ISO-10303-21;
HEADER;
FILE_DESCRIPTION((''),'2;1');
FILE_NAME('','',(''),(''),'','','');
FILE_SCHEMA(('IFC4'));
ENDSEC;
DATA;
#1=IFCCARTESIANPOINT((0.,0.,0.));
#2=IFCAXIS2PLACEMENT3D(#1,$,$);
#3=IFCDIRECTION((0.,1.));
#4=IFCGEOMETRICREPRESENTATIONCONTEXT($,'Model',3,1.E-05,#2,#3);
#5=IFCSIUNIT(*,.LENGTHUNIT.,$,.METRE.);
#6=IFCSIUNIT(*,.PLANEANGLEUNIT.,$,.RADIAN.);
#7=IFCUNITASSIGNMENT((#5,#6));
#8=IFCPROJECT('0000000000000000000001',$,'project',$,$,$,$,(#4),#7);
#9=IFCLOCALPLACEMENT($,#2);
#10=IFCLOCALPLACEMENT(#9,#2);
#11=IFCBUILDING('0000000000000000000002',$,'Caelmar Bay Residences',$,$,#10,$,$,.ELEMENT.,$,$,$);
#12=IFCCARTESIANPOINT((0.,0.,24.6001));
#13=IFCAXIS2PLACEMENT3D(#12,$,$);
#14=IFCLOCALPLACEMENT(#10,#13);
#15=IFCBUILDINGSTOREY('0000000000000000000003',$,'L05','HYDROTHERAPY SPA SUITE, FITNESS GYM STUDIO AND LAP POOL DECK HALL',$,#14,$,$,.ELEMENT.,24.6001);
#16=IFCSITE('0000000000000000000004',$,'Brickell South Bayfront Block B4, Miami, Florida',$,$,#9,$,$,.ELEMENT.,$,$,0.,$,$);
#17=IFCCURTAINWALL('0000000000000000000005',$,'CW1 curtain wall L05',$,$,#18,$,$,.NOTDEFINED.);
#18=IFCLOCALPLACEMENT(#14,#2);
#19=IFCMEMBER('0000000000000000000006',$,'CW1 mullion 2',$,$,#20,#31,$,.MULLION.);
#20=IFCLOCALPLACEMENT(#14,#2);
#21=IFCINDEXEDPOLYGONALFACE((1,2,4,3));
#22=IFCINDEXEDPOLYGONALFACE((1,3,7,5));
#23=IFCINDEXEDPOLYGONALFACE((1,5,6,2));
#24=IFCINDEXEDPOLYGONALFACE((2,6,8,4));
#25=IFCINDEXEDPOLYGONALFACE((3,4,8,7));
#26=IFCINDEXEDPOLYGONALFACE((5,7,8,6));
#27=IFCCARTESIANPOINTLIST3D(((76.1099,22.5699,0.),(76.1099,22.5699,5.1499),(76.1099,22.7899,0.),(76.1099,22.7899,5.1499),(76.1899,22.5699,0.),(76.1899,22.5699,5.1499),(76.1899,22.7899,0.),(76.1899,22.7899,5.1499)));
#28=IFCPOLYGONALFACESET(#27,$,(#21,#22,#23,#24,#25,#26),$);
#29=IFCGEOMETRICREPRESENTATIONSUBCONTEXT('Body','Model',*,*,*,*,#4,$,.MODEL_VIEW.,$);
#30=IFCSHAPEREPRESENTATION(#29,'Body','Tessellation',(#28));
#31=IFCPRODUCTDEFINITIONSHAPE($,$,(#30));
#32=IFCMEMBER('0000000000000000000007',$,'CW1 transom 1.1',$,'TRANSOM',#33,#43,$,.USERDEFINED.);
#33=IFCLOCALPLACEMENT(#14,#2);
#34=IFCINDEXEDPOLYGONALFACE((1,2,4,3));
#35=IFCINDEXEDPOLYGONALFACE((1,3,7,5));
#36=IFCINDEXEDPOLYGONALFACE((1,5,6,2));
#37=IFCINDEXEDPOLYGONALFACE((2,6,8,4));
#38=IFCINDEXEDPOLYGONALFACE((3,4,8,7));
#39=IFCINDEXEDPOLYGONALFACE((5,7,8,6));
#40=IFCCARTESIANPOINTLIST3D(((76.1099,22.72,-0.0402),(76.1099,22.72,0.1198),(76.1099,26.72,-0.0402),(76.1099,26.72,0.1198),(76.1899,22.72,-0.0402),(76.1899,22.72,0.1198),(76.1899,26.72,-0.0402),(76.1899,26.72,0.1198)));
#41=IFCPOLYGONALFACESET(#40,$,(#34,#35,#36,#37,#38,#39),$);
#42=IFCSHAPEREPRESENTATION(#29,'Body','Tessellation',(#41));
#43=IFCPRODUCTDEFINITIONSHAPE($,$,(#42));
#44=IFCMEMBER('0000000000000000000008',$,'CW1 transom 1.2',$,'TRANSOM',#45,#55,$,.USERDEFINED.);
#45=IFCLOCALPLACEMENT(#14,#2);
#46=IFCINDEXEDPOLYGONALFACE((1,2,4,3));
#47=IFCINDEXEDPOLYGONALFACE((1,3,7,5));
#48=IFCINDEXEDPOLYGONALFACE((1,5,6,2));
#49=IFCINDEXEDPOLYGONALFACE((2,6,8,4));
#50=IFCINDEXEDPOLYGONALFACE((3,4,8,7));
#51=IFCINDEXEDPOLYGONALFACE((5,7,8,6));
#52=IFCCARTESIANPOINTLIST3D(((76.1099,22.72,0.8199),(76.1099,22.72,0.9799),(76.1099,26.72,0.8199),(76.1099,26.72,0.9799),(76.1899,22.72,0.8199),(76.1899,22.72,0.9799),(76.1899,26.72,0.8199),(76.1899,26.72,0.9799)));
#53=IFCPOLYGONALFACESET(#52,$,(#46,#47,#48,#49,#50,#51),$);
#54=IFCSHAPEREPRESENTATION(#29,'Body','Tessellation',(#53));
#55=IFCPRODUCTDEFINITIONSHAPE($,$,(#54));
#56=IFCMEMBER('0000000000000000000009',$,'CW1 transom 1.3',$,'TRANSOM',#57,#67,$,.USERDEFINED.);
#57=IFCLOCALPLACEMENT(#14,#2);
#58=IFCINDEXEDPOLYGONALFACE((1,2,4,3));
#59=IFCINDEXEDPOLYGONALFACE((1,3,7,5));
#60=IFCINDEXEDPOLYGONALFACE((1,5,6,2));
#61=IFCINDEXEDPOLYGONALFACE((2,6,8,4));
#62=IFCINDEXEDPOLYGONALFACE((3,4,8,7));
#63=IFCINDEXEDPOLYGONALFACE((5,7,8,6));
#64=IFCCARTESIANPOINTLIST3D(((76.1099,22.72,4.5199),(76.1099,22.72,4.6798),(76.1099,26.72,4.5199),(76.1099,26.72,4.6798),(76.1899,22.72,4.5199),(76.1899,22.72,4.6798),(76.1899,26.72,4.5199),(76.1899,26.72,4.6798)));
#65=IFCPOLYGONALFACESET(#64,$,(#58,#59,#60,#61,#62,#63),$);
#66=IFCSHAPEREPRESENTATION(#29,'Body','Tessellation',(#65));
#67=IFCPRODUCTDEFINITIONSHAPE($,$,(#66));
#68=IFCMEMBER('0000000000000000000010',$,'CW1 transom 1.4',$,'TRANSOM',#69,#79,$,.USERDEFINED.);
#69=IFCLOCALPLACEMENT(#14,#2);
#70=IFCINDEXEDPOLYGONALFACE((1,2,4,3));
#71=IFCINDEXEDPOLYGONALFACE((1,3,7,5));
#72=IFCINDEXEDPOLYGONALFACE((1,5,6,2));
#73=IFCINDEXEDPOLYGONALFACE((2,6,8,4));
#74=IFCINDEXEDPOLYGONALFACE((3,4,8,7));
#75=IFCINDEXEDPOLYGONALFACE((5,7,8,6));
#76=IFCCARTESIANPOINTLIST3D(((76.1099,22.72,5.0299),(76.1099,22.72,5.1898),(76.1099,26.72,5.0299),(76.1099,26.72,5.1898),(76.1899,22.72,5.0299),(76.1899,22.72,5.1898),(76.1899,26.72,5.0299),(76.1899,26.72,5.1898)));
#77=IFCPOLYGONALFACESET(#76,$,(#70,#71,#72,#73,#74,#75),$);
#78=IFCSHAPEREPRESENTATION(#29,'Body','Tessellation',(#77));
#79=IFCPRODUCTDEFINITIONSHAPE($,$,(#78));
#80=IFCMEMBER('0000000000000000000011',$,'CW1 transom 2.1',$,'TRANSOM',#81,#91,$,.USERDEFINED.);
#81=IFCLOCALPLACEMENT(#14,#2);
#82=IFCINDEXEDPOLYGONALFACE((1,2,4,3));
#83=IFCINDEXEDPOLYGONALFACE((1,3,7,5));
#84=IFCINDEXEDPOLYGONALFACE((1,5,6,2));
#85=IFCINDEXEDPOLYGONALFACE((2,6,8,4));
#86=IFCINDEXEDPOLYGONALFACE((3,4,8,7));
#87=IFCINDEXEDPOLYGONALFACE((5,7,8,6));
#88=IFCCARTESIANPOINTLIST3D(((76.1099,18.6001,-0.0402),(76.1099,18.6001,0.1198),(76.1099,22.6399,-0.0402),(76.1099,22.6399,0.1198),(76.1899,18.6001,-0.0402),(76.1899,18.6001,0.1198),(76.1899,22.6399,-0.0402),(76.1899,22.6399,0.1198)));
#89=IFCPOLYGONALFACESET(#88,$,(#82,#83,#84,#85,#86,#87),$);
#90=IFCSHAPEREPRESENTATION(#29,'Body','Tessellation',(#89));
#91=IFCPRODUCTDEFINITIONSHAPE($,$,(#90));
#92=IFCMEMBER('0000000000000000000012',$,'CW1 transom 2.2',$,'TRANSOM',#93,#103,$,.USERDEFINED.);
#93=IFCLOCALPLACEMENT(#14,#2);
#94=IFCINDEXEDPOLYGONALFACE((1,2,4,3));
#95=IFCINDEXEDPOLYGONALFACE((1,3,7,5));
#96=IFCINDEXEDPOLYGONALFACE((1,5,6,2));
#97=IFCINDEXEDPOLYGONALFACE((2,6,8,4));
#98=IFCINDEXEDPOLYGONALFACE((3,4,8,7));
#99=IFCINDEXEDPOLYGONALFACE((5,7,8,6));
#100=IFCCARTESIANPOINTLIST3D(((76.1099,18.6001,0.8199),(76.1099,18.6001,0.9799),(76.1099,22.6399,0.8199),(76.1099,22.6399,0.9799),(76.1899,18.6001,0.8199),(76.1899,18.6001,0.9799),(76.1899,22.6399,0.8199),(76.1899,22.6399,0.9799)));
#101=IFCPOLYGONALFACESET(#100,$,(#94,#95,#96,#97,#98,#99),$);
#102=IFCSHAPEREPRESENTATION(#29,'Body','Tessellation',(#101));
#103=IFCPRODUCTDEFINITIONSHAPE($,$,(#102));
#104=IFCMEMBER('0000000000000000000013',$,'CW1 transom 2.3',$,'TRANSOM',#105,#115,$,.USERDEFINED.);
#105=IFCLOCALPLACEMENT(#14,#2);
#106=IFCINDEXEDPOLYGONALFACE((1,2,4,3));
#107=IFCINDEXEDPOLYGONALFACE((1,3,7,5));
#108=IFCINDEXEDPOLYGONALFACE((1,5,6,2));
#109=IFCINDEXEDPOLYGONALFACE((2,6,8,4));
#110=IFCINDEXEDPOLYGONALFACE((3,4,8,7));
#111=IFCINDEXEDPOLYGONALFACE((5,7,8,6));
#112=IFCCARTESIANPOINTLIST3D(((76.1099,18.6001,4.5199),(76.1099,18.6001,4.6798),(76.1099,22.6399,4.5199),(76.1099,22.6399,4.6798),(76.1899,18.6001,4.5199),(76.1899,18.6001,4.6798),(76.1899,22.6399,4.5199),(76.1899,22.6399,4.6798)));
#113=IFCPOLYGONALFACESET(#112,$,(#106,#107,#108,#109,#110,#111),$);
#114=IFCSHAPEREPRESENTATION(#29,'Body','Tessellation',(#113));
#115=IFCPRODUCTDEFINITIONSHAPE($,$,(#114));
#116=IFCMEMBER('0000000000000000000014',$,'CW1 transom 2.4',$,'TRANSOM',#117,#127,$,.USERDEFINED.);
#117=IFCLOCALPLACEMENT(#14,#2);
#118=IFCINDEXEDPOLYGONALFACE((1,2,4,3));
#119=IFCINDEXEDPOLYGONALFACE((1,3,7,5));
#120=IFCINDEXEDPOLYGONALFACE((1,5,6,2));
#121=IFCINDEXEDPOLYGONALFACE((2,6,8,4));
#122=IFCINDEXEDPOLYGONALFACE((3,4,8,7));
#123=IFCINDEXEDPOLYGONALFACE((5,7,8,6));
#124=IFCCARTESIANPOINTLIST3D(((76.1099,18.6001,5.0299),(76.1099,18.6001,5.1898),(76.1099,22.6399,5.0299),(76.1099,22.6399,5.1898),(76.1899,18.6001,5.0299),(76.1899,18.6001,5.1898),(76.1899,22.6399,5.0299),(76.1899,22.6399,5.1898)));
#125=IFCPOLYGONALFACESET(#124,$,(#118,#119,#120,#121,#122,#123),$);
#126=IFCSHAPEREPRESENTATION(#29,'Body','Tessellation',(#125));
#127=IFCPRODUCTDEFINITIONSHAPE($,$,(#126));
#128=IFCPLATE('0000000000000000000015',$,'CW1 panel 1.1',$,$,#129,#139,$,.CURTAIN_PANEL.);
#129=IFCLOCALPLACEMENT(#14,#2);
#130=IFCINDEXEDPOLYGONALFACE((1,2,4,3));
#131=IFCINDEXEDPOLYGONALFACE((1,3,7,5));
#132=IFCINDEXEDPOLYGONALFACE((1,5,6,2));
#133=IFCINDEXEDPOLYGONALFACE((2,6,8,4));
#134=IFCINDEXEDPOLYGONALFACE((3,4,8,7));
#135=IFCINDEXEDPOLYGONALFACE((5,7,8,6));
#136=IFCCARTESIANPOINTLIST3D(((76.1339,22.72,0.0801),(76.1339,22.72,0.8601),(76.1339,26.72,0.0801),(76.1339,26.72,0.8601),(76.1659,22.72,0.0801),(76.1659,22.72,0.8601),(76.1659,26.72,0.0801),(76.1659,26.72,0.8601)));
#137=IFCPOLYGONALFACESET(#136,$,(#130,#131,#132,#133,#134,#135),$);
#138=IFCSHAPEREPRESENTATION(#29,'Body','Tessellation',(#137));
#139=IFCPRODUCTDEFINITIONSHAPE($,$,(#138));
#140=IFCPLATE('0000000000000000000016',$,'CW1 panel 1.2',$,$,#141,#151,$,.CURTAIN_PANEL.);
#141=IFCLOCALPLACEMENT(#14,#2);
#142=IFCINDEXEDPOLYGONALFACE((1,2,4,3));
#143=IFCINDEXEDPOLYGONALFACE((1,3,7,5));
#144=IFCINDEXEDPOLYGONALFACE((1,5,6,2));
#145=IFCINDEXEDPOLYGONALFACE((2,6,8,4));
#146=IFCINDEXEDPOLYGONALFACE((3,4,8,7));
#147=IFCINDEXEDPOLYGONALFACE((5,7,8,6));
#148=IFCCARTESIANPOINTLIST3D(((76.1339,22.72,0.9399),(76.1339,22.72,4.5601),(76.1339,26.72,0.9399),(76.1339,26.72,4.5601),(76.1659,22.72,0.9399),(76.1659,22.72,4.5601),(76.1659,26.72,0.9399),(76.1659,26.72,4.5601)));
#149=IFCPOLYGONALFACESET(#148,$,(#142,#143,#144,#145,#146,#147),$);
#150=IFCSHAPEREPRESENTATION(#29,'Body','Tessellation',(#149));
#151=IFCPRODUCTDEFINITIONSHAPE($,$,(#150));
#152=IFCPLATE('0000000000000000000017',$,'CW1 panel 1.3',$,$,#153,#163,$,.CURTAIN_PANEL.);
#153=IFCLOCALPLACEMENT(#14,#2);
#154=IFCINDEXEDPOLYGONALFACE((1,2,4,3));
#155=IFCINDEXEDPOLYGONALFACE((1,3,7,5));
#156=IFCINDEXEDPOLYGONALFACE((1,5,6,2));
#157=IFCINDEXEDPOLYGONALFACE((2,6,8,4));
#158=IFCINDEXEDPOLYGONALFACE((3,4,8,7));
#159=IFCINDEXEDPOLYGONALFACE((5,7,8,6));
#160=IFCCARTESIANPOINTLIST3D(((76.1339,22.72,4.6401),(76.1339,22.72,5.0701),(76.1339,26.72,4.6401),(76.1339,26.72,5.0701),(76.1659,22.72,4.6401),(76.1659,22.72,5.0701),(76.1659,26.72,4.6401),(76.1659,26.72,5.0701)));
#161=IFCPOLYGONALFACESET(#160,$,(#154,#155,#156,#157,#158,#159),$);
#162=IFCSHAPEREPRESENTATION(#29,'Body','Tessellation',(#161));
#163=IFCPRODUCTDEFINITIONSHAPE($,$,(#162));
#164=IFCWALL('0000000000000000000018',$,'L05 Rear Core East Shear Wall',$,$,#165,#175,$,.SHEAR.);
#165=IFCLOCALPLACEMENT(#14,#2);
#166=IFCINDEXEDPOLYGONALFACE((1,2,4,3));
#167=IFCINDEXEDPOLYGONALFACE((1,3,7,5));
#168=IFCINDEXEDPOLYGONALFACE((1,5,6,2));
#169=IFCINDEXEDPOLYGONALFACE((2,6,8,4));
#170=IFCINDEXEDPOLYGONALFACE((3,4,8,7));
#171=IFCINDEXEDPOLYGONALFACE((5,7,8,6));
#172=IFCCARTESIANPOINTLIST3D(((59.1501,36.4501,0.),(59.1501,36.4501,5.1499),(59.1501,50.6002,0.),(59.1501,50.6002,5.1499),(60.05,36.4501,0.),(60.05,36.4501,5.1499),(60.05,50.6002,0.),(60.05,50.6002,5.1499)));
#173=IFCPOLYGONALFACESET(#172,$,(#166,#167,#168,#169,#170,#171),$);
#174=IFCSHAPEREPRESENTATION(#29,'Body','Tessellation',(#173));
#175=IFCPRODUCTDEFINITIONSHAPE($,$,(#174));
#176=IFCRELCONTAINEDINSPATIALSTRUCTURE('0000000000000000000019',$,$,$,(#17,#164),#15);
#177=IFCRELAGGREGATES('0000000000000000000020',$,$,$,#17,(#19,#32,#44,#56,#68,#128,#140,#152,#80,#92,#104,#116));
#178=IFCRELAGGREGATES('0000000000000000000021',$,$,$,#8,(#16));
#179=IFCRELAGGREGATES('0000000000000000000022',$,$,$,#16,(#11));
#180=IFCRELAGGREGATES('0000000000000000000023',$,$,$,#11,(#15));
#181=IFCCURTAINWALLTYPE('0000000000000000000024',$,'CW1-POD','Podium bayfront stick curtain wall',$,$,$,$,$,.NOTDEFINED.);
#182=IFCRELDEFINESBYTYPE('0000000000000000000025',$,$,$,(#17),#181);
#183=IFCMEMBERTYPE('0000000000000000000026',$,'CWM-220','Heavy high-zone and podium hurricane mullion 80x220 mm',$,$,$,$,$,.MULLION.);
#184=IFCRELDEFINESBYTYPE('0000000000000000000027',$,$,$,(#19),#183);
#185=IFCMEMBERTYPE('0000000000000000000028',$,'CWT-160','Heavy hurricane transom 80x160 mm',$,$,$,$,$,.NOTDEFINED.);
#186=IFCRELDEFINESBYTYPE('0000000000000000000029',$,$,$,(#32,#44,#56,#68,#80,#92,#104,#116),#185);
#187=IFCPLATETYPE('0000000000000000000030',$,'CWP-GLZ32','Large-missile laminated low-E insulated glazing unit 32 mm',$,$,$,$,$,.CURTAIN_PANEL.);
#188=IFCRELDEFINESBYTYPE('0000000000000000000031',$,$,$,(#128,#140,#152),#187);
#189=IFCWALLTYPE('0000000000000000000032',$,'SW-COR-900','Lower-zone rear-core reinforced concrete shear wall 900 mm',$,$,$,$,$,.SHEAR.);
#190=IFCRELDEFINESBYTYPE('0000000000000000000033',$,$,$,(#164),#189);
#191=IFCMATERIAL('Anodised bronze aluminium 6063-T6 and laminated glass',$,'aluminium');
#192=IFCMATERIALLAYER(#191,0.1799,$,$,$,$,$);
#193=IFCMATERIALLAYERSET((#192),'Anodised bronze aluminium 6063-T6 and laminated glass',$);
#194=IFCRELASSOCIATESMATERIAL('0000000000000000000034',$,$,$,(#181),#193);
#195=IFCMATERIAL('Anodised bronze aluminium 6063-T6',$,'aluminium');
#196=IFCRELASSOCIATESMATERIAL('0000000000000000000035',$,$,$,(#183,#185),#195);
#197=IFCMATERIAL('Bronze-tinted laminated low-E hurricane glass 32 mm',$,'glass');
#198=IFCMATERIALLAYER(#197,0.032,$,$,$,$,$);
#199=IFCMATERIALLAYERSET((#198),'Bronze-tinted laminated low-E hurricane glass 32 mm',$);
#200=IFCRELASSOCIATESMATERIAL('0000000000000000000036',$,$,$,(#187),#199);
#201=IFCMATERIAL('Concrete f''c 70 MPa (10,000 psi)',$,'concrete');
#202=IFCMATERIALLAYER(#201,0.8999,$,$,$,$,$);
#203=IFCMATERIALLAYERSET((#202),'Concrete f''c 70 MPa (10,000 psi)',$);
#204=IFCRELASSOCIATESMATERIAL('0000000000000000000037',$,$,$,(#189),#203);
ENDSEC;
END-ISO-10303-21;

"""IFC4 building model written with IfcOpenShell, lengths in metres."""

from ifc_helpers import new_model, si_unit, direction, frame, frame_2d, origin, origin_2d, place, context, subcontext, project, spatial, rectangle, extrude, material, layer, layer_set, material_profile, profile_set, type_object, element, aggregate, save


model = new_model("IFC4")

# Units and contexts
model_context = context("Model", 3, precision=1e-05, world=origin(), true_north=direction((0.0, 1.0)))
body_context = subcontext(model_context, "Body", "Model", "MODEL_VIEW")
ifc_project = project(units=[si_unit("LENGTHUNIT", "METRE"), si_unit("PLANEANGLEUNIT", "RADIAN")], contexts=[model_context])

# Site, building, storey
site_placement = place(None, origin())
site = spatial("IfcSite", under=ifc_project, at=site_placement, Name="Brickell South Bayfront Block B4, Miami, Florida", CompositionType="ELEMENT", RefElevation=0.0)
building_placement = place(site_placement, origin())
building = spatial("IfcBuilding", under=site, at=building_placement, Name="Caelmar Bay Residences", CompositionType="ELEMENT")
storey_placement = place(building_placement, frame((0.0, 0.0, 24.6001)))
storey = spatial("IfcBuildingStorey", under=building, at=storey_placement, Name="L05", Description="HYDROTHERAPY SPA SUITE, FITNESS GYM STUDIO AND LAP POOL DECK HALL", CompositionType="ELEMENT", Elevation=24.6001)

# Shared definitions
ifc_material_1 = material(Name="Concrete f'c 70 MPa (10,000 psi)", Category="concrete")

# Curtain wall, members, plates
ifc_material_2 = material(Name="Anodised bronze aluminium 6063-T6 and laminated glass", Category="aluminium")
ifc_layer_1 = layer(ifc_material_2, 0.1799)
ifc_layer_set_1 = layer_set([ifc_layer_1], Name="Anodised bronze aluminium 6063-T6 and laminated glass")
curtain_wall_type = type_object("IfcCurtainWallType", Name="CW1-POD", Description="Podium bayfront stick curtain wall", PredefinedType="NOTDEFINED", material=ifc_layer_set_1)
curtain_wall_placement = place(storey_placement, origin())
curtain_wall = element("IfcCurtainWall", 1, at=curtain_wall_placement, inside=storey, type_object=curtain_wall_type, Name="CW1 curtain wall L05", PredefinedType="NOTDEFINED")
ifc_material_3 = material(Name="Anodised bronze aluminium 6063-T6", Category="aluminium")
ifc_material_profile_1 = material_profile(ifc_material_3, rectangle(XDim=0.0801, YDim=0.22, at=origin_2d()), Name="CWM-80X220")
ifc_profile_set_1 = profile_set([ifc_material_profile_1], Name="Anodised bronze aluminium 6063-T6")
member_type_1 = type_object("IfcMemberType", Name="CWM-220", Description="Heavy high-zone and podium hurricane mullion 80x220 mm", PredefinedType="MULLION", material=ifc_profile_set_1)
member_1_placement = place(storey_placement, frame((76.1499, 22.6799, 0.0), z_axis=(0.0, 0.0, 1.0), x_axis=(1.0, 0.0, 0.0)))
member_1 = element("IfcMember", 2, at=member_1_placement, type_object=member_type_1, Name="CW1 mullion 2", PredefinedType="MULLION", context=body_context, shape_type="SweptSolid", body=[
    extrude(rectangle(XDim=0.0801, YDim=0.22, at=origin_2d()), origin(), (0.0, 0.0, 1.0), 5.1499),
])
ifc_material_profile_2 = material_profile(ifc_material_3, rectangle(XDim=0.0801, YDim=0.1599, at=origin_2d()), Name="CWT-80X160")
ifc_profile_set_2 = profile_set([ifc_material_profile_2], Name="Anodised bronze aluminium 6063-T6")
member_type_2 = type_object("IfcMemberType", Name="CWT-160", Description="Heavy hurricane transom 80x160 mm", PredefinedType="NOTDEFINED", material=ifc_profile_set_2)
member_2_placement = place(storey_placement, frame((76.1499, 26.72, 0.0398), z_axis=(0.0, -1.0, 0.0), x_axis=(1.0, 0.0, 0.0)))
member_2 = element("IfcMember", 3, at=member_2_placement, type_object=member_type_2, Name="CW1 transom 1.1", ObjectType="TRANSOM", PredefinedType="USERDEFINED", context=body_context, shape_type="SweptSolid", body=[
    extrude(rectangle(XDim=0.0801, YDim=0.1599, at=origin_2d()), origin(), (0.0, 0.0, 1.0), 4.0),
])
member_3_placement = place(storey_placement, frame((76.1499, 26.72, 0.8999), z_axis=(0.0, -1.0, 0.0), x_axis=(1.0, 0.0, 0.0)))
member_3 = element("IfcMember", 4, at=member_3_placement, type_object=member_type_2, Name="CW1 transom 1.2", ObjectType="TRANSOM", PredefinedType="USERDEFINED", context=body_context, shape_type="SweptSolid", body=[
    extrude(rectangle(XDim=0.0801, YDim=0.1599, at=origin_2d()), origin(), (0.0, 0.0, 1.0), 4.0),
])
member_4_placement = place(storey_placement, frame((76.1499, 26.72, 4.5999), z_axis=(0.0, -1.0, 0.0), x_axis=(1.0, 0.0, 0.0)))
member_4 = element("IfcMember", 5, at=member_4_placement, type_object=member_type_2, Name="CW1 transom 1.3", ObjectType="TRANSOM", PredefinedType="USERDEFINED", context=body_context, shape_type="SweptSolid", body=[
    extrude(rectangle(XDim=0.0801, YDim=0.1599, at=origin_2d()), origin(), (0.0, 0.0, 1.0), 4.0),
])
member_5_placement = place(storey_placement, frame((76.1499, 26.72, 5.1099), z_axis=(0.0, -1.0, 0.0), x_axis=(1.0, 0.0, 0.0)))
member_5 = element("IfcMember", 6, at=member_5_placement, type_object=member_type_2, Name="CW1 transom 1.4", ObjectType="TRANSOM", PredefinedType="USERDEFINED", context=body_context, shape_type="SweptSolid", body=[
    extrude(rectangle(XDim=0.0801, YDim=0.1599, at=origin_2d()), origin(), (0.0, 0.0, 1.0), 4.0),
])
member_6_placement = place(storey_placement, frame((76.1499, 22.6399, 0.0398), z_axis=(0.0, -1.0, 0.0), x_axis=(1.0, 0.0, 0.0)))
member_6 = element("IfcMember", 7, at=member_6_placement, type_object=member_type_2, Name="CW1 transom 2.1", ObjectType="TRANSOM", PredefinedType="USERDEFINED", context=body_context, shape_type="SweptSolid", body=[
    extrude(rectangle(XDim=0.0801, YDim=0.1599, at=origin_2d()), origin(), (0.0, 0.0, 1.0), 4.0398),
])
member_7_placement = place(storey_placement, frame((76.1499, 22.6399, 0.8999), z_axis=(0.0, -1.0, 0.0), x_axis=(1.0, 0.0, 0.0)))
member_7 = element("IfcMember", 8, at=member_7_placement, type_object=member_type_2, Name="CW1 transom 2.2", ObjectType="TRANSOM", PredefinedType="USERDEFINED", context=body_context, shape_type="SweptSolid", body=[
    extrude(rectangle(XDim=0.0801, YDim=0.1599, at=origin_2d()), origin(), (0.0, 0.0, 1.0), 4.0398),
])
member_8_placement = place(storey_placement, frame((76.1499, 22.6399, 4.5999), z_axis=(0.0, -1.0, 0.0), x_axis=(1.0, 0.0, 0.0)))
member_8 = element("IfcMember", 9, at=member_8_placement, type_object=member_type_2, Name="CW1 transom 2.3", ObjectType="TRANSOM", PredefinedType="USERDEFINED", context=body_context, shape_type="SweptSolid", body=[
    extrude(rectangle(XDim=0.0801, YDim=0.1599, at=origin_2d()), origin(), (0.0, 0.0, 1.0), 4.0398),
])
member_9_placement = place(storey_placement, frame((76.1499, 22.6399, 5.1099), z_axis=(0.0, -1.0, 0.0), x_axis=(1.0, 0.0, 0.0)))
member_9 = element("IfcMember", 10, at=member_9_placement, type_object=member_type_2, Name="CW1 transom 2.4", ObjectType="TRANSOM", PredefinedType="USERDEFINED", context=body_context, shape_type="SweptSolid", body=[
    extrude(rectangle(XDim=0.0801, YDim=0.1599, at=origin_2d()), origin(), (0.0, 0.0, 1.0), 4.0398),
])
ifc_material_4 = material(Name="Bronze-tinted laminated low-E hurricane glass 32 mm", Category="glass")
ifc_layer_2 = layer(ifc_material_4, 0.032)
ifc_layer_set_2 = layer_set([ifc_layer_2], Name="Bronze-tinted laminated low-E hurricane glass 32 mm")
plate_type = type_object("IfcPlateType", Name="CWP-GLZ32", Description="Large-missile laminated low-E insulated glazing unit 32 mm", PredefinedType="CURTAIN_PANEL", material=ifc_layer_set_2)
plate_1_placement = place(storey_placement, frame((76.1499, 24.72, 0.0801), z_axis=(0.0, 0.0, 1.0), x_axis=(0.0, -1.0, 0.0)))
plate_1 = element("IfcPlate", 11, at=plate_1_placement, type_object=plate_type, Name="CW1 panel 1.1", PredefinedType="CURTAIN_PANEL", context=body_context, shape_type="SweptSolid", body=[
    extrude(rectangle(XDim=4.0, YDim=0.032, at=origin_2d()), origin(), (0.0, 0.0, 1.0), 0.78),
])
plate_2_placement = place(storey_placement, frame((76.1499, 24.72, 0.9399), z_axis=(0.0, 0.0, 1.0), x_axis=(0.0, -1.0, 0.0)))
plate_2 = element("IfcPlate", 12, at=plate_2_placement, type_object=plate_type, Name="CW1 panel 1.2", PredefinedType="CURTAIN_PANEL", context=body_context, shape_type="SweptSolid", body=[
    extrude(rectangle(XDim=4.0, YDim=0.032, at=origin_2d()), origin(), (0.0, 0.0, 1.0), 3.6201),
])
plate_3_placement = place(storey_placement, frame((76.1499, 24.72, 4.6401), z_axis=(0.0, 0.0, 1.0), x_axis=(0.0, -1.0, 0.0)))
plate_3 = element("IfcPlate", 13, at=plate_3_placement, type_object=plate_type, Name="CW1 panel 1.3", PredefinedType="CURTAIN_PANEL", context=body_context, shape_type="SweptSolid", body=[
    extrude(rectangle(XDim=4.0, YDim=0.032, at=origin_2d()), origin(), (0.0, 0.0, 1.0), 0.4299),
])
aggregate(curtain_wall, [member_1, member_2, member_3, member_4, member_5, plate_1, plate_2, plate_3, member_6, member_7, member_8, member_9])

# Wall
ifc_layer_3 = layer(ifc_material_1, 0.8999)
ifc_layer_set_3 = layer_set([ifc_layer_3], Name="Concrete f'c 70 MPa (10,000 psi)")
wall_type_1 = type_object("IfcWallType", Name="SW-COR-900", Description="Lower-zone rear-core reinforced concrete shear wall 900 mm", PredefinedType="SHEAR", material=ifc_layer_set_3)
wall_1_placement = place(storey_placement, frame((59.6001, 36.45, 0.0), z_axis=(0.0, 0.0, 1.0), x_axis=(0.0, 1.0, 0.0)))
element("IfcWall", 14, at=wall_1_placement, inside=storey, type_object=wall_type_1, Name="L05 Rear Core East Shear Wall", PredefinedType="SHEAR", context=body_context, shape_type="SweptSolid", body=[
    extrude(rectangle(XDim=14.1501, YDim=0.8999, at=frame_2d((7.0752, 0.0))), origin(), (0.0, 0.0, 1.0), 5.1499),
])

save(model, "model.ifc")
